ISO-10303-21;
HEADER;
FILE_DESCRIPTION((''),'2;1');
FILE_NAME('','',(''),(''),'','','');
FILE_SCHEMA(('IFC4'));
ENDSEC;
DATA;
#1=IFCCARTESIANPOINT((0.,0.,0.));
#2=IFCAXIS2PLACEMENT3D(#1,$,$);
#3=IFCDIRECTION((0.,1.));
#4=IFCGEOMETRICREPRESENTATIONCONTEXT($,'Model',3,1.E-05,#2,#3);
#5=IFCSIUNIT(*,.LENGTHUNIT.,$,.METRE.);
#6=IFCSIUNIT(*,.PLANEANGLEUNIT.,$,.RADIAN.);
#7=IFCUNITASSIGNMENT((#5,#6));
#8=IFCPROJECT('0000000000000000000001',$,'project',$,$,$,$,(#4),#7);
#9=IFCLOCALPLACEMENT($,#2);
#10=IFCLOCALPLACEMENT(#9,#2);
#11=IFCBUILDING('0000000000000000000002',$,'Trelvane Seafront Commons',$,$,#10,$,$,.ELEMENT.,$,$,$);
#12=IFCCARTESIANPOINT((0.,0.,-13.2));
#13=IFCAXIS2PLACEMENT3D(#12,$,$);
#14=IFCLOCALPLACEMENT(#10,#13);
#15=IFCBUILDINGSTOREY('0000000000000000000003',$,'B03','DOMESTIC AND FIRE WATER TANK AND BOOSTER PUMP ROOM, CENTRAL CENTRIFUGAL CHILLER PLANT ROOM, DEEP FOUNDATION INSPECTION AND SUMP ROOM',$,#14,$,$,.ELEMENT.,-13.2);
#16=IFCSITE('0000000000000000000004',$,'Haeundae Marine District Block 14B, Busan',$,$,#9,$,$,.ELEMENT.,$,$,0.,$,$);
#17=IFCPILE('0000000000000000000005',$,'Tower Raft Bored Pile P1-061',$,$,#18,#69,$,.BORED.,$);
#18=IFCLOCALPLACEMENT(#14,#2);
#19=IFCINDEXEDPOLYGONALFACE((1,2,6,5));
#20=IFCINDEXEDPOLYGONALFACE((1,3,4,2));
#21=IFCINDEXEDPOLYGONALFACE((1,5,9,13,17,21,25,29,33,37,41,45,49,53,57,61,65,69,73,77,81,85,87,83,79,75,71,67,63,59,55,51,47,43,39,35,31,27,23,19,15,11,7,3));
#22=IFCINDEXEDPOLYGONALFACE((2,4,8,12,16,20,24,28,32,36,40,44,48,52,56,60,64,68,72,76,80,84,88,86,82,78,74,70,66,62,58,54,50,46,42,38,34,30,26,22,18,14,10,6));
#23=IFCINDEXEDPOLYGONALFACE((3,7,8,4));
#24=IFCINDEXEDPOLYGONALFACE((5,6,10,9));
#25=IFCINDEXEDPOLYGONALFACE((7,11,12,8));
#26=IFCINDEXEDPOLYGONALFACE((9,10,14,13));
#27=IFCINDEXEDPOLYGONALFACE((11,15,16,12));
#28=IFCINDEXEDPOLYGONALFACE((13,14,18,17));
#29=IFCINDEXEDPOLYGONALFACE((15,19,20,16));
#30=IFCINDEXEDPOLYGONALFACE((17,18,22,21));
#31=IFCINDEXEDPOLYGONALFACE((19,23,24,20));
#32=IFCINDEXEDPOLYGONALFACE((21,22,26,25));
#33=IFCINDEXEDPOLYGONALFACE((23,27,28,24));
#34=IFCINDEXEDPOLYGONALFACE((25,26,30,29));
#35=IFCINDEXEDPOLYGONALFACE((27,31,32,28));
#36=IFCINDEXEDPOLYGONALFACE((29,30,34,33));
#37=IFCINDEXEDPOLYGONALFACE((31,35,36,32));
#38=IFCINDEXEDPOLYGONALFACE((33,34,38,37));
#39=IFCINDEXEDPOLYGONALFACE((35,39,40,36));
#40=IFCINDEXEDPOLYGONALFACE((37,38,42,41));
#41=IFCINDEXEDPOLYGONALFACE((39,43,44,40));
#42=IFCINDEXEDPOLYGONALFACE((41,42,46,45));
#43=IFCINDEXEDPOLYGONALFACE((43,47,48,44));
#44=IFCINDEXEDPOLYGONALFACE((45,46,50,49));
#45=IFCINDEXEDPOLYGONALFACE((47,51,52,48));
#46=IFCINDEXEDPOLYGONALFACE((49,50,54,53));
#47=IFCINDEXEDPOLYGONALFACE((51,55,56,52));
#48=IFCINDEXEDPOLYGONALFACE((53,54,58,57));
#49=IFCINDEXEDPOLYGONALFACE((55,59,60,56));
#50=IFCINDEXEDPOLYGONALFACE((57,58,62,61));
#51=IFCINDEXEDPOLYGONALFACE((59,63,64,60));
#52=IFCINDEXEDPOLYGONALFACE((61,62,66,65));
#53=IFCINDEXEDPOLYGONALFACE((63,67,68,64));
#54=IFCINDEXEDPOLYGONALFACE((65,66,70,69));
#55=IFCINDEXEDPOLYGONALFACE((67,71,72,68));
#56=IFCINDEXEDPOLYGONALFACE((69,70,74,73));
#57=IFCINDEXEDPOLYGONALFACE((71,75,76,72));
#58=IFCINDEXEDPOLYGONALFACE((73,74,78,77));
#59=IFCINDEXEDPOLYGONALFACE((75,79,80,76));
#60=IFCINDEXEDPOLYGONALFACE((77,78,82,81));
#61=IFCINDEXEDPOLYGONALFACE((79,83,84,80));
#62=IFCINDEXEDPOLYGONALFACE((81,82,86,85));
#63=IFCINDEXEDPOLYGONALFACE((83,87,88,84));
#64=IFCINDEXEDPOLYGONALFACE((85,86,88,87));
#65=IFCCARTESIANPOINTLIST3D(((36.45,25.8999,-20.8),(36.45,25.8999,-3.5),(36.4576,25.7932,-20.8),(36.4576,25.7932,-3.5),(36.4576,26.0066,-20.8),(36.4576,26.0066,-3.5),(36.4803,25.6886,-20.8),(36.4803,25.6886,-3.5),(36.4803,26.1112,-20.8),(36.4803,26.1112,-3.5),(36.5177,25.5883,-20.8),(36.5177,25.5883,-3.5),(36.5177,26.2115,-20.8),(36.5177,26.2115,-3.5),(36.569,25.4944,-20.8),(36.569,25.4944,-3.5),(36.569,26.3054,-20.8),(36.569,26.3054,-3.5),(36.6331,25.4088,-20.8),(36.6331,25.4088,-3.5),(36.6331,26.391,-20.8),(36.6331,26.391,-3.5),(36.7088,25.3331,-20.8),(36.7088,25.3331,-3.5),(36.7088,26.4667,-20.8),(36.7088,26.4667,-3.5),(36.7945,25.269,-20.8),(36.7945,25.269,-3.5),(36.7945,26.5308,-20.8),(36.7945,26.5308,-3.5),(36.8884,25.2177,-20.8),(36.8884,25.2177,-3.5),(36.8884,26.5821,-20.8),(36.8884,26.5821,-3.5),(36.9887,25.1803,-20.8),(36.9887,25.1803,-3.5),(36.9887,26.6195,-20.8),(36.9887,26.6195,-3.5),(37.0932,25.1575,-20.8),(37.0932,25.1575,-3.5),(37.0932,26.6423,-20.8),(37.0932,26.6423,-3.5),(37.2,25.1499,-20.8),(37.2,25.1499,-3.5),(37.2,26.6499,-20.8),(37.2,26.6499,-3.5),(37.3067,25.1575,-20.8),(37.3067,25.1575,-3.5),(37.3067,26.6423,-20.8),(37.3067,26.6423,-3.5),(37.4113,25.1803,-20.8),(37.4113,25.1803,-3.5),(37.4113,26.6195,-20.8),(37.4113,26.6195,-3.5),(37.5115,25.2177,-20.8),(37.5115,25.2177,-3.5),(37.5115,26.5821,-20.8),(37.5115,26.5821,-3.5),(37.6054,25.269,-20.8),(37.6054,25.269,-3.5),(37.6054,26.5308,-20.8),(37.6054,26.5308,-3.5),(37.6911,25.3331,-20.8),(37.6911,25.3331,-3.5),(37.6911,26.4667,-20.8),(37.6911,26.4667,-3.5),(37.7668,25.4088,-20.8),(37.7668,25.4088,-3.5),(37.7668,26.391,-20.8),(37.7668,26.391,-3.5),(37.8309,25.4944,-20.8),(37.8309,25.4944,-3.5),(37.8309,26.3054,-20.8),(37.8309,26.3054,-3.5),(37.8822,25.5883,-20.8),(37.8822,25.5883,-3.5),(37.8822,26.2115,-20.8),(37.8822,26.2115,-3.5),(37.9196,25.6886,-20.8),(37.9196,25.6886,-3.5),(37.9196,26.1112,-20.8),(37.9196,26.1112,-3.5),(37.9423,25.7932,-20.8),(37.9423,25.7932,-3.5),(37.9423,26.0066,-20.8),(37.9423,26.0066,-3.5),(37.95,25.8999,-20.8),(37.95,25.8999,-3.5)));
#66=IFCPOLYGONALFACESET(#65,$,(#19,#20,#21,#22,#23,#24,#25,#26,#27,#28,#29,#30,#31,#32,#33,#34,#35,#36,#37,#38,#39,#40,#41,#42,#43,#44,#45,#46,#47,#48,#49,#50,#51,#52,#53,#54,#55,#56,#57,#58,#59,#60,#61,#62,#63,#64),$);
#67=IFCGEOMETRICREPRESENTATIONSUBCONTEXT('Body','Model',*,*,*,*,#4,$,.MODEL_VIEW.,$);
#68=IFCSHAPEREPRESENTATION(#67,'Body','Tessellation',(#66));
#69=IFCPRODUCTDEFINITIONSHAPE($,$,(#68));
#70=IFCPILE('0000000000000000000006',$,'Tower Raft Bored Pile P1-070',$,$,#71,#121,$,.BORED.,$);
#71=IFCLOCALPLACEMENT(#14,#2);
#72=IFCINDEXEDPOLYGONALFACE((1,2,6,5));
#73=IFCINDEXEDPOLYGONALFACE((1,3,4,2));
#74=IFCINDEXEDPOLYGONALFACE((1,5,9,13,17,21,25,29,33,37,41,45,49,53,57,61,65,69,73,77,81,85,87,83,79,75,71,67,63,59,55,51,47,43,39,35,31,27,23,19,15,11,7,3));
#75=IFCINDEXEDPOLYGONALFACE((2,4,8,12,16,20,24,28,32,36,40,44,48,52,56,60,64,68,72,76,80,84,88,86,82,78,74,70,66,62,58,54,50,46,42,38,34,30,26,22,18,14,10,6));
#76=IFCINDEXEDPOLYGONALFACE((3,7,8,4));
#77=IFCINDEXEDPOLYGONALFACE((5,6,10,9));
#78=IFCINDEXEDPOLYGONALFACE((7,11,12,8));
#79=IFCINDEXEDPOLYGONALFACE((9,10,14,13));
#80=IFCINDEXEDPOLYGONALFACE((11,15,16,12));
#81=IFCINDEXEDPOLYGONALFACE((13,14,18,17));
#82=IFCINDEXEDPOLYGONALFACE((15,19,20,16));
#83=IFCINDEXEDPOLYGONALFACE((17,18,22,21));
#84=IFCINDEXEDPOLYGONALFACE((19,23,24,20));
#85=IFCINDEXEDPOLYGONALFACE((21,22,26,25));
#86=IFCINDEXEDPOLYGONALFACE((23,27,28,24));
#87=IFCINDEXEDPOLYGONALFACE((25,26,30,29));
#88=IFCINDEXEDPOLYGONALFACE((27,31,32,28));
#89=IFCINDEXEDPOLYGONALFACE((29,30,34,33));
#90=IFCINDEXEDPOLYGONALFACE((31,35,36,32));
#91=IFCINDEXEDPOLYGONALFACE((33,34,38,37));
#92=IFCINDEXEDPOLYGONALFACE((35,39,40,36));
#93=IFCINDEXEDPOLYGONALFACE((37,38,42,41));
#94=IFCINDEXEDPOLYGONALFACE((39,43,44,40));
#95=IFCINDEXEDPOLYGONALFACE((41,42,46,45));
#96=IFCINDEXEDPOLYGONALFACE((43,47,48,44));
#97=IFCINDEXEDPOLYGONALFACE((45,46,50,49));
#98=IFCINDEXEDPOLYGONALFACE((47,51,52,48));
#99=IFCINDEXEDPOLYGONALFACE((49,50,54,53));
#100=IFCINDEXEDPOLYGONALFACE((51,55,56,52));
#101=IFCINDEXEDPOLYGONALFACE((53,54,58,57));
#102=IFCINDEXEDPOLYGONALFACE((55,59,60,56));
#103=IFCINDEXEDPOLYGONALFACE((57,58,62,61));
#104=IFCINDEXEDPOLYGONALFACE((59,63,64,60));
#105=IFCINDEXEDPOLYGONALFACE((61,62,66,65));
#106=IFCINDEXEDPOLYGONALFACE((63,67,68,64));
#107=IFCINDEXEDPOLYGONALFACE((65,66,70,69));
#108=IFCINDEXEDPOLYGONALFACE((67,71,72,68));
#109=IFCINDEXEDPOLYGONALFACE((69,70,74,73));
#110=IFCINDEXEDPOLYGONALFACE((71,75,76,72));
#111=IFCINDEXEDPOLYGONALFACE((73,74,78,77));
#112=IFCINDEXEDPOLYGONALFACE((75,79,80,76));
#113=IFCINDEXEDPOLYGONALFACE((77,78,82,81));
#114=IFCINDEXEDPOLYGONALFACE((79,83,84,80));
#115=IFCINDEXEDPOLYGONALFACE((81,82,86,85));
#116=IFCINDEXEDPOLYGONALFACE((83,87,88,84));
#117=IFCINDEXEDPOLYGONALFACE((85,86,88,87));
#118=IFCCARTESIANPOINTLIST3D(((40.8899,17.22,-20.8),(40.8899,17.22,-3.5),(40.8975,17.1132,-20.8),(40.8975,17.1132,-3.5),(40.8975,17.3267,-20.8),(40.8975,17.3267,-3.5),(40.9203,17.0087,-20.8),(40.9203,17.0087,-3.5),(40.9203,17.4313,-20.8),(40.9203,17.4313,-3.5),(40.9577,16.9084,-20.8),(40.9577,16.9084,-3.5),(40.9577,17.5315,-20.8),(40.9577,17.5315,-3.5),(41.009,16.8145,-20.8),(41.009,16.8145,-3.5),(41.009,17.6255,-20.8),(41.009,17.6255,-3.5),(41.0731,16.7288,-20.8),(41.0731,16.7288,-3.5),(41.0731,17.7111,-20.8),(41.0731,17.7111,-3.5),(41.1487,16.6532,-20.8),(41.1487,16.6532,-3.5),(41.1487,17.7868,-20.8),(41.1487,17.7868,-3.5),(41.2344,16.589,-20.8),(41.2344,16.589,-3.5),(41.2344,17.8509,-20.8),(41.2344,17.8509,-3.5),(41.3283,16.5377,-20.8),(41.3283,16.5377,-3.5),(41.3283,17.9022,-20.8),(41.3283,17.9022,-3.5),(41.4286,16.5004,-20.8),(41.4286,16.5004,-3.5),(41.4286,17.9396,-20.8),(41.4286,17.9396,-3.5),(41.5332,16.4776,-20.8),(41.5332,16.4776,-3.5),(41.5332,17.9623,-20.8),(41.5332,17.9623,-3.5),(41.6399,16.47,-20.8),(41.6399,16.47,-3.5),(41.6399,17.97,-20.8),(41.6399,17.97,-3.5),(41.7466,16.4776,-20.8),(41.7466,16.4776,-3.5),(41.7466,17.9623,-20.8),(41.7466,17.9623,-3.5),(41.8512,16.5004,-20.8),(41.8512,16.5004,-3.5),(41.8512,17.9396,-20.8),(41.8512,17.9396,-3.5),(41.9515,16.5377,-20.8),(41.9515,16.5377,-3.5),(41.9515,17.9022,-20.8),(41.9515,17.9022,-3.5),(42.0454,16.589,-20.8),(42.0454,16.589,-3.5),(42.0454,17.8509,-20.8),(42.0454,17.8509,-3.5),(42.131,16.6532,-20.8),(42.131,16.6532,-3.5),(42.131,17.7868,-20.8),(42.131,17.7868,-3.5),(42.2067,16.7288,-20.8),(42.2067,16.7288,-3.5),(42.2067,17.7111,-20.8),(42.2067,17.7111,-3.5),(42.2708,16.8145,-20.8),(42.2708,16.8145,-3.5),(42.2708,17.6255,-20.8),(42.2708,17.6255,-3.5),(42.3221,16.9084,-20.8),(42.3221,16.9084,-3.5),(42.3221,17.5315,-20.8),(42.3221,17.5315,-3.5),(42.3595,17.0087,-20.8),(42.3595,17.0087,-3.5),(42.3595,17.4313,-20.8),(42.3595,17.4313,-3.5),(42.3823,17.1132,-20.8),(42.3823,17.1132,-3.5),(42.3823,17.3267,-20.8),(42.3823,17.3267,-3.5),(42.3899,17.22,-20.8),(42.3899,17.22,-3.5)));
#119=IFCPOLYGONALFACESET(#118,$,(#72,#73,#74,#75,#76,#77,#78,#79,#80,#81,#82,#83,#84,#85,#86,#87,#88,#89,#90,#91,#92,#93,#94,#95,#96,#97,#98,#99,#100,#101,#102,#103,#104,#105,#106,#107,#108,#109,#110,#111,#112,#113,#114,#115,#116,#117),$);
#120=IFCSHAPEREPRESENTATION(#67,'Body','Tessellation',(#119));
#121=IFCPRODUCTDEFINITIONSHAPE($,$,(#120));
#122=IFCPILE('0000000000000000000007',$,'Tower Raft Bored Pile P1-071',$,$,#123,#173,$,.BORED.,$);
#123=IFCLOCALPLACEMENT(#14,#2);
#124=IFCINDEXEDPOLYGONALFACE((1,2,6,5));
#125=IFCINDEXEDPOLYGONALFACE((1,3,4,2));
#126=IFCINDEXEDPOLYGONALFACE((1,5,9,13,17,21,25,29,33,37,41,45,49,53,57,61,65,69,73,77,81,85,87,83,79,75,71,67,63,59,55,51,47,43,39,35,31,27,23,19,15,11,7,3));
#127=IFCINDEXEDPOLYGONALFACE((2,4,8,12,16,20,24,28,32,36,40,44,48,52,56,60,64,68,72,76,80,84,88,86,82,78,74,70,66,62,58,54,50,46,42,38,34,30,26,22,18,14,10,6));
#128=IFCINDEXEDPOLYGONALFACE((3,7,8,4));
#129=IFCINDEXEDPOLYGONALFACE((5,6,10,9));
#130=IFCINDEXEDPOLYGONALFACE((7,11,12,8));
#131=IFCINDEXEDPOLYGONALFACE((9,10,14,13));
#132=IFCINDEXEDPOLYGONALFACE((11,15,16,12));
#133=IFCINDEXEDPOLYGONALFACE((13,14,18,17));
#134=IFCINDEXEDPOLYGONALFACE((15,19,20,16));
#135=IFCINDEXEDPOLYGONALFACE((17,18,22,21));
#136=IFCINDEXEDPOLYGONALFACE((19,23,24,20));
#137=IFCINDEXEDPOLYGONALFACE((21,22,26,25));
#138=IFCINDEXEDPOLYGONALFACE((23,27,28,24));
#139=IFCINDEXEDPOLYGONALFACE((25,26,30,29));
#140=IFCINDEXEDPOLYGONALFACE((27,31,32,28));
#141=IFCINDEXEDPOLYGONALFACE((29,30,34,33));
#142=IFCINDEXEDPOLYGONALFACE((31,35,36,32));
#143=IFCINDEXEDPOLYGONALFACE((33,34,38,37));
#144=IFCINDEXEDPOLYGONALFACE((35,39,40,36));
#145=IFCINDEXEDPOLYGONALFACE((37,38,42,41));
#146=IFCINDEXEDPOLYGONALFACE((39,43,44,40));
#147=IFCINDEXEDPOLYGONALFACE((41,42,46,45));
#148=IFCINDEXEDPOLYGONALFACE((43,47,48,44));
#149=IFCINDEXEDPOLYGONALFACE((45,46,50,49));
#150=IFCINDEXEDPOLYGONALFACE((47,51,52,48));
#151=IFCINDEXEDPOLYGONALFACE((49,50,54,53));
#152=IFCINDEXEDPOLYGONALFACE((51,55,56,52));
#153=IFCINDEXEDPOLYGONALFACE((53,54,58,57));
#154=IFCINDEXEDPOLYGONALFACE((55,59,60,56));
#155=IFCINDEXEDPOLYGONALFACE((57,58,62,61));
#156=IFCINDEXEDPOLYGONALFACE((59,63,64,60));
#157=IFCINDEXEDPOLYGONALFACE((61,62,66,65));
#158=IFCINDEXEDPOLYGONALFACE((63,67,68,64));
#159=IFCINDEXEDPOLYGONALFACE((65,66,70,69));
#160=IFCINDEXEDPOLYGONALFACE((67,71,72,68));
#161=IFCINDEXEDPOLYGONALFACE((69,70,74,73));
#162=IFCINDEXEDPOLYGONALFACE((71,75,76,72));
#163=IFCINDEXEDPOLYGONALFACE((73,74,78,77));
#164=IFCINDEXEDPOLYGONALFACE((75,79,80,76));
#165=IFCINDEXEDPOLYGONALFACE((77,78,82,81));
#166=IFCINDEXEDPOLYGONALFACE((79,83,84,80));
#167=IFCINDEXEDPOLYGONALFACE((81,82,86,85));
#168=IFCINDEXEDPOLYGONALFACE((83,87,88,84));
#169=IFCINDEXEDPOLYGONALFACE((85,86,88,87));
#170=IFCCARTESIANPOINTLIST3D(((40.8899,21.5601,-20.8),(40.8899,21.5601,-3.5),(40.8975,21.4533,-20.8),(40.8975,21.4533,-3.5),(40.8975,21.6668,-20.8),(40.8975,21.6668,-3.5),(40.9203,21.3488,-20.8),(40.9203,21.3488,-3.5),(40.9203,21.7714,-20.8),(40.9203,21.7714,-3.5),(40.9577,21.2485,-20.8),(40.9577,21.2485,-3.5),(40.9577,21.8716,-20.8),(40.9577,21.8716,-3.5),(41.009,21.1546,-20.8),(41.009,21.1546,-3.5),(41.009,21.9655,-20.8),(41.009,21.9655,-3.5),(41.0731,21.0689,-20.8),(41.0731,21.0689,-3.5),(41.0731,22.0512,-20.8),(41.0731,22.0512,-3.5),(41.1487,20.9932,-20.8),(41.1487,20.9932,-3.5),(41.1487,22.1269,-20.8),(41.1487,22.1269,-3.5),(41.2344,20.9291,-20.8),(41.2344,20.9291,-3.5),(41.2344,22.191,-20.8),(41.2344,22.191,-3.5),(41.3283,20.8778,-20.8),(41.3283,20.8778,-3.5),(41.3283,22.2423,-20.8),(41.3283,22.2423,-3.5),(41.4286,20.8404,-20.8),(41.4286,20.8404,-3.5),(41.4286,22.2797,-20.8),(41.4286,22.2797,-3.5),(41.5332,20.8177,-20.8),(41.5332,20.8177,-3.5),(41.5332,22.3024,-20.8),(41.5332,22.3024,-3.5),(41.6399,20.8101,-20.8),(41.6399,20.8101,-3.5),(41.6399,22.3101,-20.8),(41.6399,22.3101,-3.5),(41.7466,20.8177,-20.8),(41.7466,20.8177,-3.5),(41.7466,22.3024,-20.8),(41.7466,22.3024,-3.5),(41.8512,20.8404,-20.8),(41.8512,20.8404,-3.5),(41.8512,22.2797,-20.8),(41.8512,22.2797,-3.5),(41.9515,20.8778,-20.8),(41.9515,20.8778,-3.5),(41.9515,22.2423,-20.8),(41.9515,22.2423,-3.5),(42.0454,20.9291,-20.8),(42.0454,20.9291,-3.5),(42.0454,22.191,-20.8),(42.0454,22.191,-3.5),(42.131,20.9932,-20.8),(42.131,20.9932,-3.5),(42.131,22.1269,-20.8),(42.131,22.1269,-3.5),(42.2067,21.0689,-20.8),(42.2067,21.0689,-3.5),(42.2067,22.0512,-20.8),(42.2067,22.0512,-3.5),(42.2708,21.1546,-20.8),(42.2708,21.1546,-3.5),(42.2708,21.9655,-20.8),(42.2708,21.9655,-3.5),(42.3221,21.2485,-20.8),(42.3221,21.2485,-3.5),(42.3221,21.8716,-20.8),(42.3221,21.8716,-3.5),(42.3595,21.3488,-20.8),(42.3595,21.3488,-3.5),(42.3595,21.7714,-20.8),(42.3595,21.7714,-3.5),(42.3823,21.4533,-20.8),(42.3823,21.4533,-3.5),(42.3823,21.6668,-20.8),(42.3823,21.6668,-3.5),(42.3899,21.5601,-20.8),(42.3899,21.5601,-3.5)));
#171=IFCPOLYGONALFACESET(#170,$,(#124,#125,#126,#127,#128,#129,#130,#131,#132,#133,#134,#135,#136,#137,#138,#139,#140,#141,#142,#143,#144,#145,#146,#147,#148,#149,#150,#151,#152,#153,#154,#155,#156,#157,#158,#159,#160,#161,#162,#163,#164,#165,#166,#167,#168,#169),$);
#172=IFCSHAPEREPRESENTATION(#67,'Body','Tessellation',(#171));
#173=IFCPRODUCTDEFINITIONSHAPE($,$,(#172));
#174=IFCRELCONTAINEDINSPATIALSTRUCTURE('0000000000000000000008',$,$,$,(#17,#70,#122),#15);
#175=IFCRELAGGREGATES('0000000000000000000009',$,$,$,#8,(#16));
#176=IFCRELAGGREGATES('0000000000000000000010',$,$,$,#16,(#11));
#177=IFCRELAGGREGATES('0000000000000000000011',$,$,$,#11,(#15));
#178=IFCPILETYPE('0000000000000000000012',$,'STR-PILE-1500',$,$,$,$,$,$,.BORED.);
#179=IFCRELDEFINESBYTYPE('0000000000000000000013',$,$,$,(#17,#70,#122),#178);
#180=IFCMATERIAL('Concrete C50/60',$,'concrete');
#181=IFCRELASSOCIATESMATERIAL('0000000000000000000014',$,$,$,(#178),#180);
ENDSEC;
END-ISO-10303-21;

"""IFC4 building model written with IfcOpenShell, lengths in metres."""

from ifc_helpers import new_model, si_unit, direction, frame, origin, origin_2d, place, context, subcontext, project, spatial, circle, extrude, source, transform, mapped, material, material_profile, profile_set, type_object, element, save


model = new_model("IFC4")

# Units and contexts
model_context = context("Model", 3, precision=1e-05, world=origin(), true_north=direction((0.0, 1.0)))
body_context = subcontext(model_context, "Body", "Model", "MODEL_VIEW")
ifc_project = project(units=[si_unit("LENGTHUNIT", "METRE"), si_unit("PLANEANGLEUNIT", "RADIAN")], contexts=[model_context])

# Site, building, storey
site_placement = place(None, origin())
site = spatial("IfcSite", under=ifc_project, at=site_placement, Name="Haeundae Marine District Block 14B, Busan", CompositionType="ELEMENT", RefElevation=0.0)
building_placement = place(site_placement, origin())
building = spatial("IfcBuilding", under=site, at=building_placement, Name="Trelvane Seafront Commons", CompositionType="ELEMENT")
storey_placement = place(building_placement, frame((0.0, 0.0, -13.2)))
storey = spatial("IfcBuildingStorey", under=building, at=storey_placement, Name="B03", Description="DOMESTIC AND FIRE WATER TANK AND BOOSTER PUMP ROOM, CENTRAL CENTRIFUGAL CHILLER PLANT ROOM, DEEP FOUNDATION INSPECTION AND SUMP ROOM", CompositionType="ELEMENT", Elevation=-13.2)

# Piles
ifc_material_1 = material(Name="Concrete C50/60", Category="concrete")
ifc_material_profile_1 = material_profile(ifc_material_1, circle(Radius=0.75, at=origin_2d()), Name="PILE-1500")
ifc_profile_set_1 = profile_set([ifc_material_profile_1], Name="Concrete C50/60")
pile_type = type_object("IfcPileType", Name="STR-PILE-1500", PredefinedType="BORED", material=ifc_profile_set_1)
shared_shape_1 = source(origin(), body_context, "Body", "SweptSolid", [
    extrude(circle(Radius=0.75, at=origin_2d()), origin(), (0.0, 0.0, 1.0), 17.3),
])
for number, where, z_axis, x_axis, name in (
    (1, (37.2, 25.8999, -3.5), (0.0, 0.0, -1.0), (1.0, 0.0, 0.0), "Tower Raft Bored Pile P1-061"),
    (2, (41.6399, 17.22, -3.5), (0.0, 0.0, -1.0), (1.0, 0.0, 0.0), "Tower Raft Bored Pile P1-070"),
    (3, (41.6399, 21.5601, -3.5), (0.0, 0.0, -1.0), (1.0, 0.0, 0.0), "Tower Raft Bored Pile P1-071"),
):
    element("IfcPile", number, at=place(storey_placement, frame(where, z_axis=z_axis, x_axis=x_axis)), inside=storey, type_object=pile_type, Name=name, PredefinedType="BORED", context=body_context, shape_type="MappedRepresentation", body=[
        mapped(shared_shape_1, transform((0.0, 0.0, 0.0), x_axis=(1.0, 0.0, 0.0), y_axis=(0.0, 1.0, 0.0), z_axis=(0.0, 0.0, 1.0), scale=1.0)),
    ])

save(model, "model.ifc")
